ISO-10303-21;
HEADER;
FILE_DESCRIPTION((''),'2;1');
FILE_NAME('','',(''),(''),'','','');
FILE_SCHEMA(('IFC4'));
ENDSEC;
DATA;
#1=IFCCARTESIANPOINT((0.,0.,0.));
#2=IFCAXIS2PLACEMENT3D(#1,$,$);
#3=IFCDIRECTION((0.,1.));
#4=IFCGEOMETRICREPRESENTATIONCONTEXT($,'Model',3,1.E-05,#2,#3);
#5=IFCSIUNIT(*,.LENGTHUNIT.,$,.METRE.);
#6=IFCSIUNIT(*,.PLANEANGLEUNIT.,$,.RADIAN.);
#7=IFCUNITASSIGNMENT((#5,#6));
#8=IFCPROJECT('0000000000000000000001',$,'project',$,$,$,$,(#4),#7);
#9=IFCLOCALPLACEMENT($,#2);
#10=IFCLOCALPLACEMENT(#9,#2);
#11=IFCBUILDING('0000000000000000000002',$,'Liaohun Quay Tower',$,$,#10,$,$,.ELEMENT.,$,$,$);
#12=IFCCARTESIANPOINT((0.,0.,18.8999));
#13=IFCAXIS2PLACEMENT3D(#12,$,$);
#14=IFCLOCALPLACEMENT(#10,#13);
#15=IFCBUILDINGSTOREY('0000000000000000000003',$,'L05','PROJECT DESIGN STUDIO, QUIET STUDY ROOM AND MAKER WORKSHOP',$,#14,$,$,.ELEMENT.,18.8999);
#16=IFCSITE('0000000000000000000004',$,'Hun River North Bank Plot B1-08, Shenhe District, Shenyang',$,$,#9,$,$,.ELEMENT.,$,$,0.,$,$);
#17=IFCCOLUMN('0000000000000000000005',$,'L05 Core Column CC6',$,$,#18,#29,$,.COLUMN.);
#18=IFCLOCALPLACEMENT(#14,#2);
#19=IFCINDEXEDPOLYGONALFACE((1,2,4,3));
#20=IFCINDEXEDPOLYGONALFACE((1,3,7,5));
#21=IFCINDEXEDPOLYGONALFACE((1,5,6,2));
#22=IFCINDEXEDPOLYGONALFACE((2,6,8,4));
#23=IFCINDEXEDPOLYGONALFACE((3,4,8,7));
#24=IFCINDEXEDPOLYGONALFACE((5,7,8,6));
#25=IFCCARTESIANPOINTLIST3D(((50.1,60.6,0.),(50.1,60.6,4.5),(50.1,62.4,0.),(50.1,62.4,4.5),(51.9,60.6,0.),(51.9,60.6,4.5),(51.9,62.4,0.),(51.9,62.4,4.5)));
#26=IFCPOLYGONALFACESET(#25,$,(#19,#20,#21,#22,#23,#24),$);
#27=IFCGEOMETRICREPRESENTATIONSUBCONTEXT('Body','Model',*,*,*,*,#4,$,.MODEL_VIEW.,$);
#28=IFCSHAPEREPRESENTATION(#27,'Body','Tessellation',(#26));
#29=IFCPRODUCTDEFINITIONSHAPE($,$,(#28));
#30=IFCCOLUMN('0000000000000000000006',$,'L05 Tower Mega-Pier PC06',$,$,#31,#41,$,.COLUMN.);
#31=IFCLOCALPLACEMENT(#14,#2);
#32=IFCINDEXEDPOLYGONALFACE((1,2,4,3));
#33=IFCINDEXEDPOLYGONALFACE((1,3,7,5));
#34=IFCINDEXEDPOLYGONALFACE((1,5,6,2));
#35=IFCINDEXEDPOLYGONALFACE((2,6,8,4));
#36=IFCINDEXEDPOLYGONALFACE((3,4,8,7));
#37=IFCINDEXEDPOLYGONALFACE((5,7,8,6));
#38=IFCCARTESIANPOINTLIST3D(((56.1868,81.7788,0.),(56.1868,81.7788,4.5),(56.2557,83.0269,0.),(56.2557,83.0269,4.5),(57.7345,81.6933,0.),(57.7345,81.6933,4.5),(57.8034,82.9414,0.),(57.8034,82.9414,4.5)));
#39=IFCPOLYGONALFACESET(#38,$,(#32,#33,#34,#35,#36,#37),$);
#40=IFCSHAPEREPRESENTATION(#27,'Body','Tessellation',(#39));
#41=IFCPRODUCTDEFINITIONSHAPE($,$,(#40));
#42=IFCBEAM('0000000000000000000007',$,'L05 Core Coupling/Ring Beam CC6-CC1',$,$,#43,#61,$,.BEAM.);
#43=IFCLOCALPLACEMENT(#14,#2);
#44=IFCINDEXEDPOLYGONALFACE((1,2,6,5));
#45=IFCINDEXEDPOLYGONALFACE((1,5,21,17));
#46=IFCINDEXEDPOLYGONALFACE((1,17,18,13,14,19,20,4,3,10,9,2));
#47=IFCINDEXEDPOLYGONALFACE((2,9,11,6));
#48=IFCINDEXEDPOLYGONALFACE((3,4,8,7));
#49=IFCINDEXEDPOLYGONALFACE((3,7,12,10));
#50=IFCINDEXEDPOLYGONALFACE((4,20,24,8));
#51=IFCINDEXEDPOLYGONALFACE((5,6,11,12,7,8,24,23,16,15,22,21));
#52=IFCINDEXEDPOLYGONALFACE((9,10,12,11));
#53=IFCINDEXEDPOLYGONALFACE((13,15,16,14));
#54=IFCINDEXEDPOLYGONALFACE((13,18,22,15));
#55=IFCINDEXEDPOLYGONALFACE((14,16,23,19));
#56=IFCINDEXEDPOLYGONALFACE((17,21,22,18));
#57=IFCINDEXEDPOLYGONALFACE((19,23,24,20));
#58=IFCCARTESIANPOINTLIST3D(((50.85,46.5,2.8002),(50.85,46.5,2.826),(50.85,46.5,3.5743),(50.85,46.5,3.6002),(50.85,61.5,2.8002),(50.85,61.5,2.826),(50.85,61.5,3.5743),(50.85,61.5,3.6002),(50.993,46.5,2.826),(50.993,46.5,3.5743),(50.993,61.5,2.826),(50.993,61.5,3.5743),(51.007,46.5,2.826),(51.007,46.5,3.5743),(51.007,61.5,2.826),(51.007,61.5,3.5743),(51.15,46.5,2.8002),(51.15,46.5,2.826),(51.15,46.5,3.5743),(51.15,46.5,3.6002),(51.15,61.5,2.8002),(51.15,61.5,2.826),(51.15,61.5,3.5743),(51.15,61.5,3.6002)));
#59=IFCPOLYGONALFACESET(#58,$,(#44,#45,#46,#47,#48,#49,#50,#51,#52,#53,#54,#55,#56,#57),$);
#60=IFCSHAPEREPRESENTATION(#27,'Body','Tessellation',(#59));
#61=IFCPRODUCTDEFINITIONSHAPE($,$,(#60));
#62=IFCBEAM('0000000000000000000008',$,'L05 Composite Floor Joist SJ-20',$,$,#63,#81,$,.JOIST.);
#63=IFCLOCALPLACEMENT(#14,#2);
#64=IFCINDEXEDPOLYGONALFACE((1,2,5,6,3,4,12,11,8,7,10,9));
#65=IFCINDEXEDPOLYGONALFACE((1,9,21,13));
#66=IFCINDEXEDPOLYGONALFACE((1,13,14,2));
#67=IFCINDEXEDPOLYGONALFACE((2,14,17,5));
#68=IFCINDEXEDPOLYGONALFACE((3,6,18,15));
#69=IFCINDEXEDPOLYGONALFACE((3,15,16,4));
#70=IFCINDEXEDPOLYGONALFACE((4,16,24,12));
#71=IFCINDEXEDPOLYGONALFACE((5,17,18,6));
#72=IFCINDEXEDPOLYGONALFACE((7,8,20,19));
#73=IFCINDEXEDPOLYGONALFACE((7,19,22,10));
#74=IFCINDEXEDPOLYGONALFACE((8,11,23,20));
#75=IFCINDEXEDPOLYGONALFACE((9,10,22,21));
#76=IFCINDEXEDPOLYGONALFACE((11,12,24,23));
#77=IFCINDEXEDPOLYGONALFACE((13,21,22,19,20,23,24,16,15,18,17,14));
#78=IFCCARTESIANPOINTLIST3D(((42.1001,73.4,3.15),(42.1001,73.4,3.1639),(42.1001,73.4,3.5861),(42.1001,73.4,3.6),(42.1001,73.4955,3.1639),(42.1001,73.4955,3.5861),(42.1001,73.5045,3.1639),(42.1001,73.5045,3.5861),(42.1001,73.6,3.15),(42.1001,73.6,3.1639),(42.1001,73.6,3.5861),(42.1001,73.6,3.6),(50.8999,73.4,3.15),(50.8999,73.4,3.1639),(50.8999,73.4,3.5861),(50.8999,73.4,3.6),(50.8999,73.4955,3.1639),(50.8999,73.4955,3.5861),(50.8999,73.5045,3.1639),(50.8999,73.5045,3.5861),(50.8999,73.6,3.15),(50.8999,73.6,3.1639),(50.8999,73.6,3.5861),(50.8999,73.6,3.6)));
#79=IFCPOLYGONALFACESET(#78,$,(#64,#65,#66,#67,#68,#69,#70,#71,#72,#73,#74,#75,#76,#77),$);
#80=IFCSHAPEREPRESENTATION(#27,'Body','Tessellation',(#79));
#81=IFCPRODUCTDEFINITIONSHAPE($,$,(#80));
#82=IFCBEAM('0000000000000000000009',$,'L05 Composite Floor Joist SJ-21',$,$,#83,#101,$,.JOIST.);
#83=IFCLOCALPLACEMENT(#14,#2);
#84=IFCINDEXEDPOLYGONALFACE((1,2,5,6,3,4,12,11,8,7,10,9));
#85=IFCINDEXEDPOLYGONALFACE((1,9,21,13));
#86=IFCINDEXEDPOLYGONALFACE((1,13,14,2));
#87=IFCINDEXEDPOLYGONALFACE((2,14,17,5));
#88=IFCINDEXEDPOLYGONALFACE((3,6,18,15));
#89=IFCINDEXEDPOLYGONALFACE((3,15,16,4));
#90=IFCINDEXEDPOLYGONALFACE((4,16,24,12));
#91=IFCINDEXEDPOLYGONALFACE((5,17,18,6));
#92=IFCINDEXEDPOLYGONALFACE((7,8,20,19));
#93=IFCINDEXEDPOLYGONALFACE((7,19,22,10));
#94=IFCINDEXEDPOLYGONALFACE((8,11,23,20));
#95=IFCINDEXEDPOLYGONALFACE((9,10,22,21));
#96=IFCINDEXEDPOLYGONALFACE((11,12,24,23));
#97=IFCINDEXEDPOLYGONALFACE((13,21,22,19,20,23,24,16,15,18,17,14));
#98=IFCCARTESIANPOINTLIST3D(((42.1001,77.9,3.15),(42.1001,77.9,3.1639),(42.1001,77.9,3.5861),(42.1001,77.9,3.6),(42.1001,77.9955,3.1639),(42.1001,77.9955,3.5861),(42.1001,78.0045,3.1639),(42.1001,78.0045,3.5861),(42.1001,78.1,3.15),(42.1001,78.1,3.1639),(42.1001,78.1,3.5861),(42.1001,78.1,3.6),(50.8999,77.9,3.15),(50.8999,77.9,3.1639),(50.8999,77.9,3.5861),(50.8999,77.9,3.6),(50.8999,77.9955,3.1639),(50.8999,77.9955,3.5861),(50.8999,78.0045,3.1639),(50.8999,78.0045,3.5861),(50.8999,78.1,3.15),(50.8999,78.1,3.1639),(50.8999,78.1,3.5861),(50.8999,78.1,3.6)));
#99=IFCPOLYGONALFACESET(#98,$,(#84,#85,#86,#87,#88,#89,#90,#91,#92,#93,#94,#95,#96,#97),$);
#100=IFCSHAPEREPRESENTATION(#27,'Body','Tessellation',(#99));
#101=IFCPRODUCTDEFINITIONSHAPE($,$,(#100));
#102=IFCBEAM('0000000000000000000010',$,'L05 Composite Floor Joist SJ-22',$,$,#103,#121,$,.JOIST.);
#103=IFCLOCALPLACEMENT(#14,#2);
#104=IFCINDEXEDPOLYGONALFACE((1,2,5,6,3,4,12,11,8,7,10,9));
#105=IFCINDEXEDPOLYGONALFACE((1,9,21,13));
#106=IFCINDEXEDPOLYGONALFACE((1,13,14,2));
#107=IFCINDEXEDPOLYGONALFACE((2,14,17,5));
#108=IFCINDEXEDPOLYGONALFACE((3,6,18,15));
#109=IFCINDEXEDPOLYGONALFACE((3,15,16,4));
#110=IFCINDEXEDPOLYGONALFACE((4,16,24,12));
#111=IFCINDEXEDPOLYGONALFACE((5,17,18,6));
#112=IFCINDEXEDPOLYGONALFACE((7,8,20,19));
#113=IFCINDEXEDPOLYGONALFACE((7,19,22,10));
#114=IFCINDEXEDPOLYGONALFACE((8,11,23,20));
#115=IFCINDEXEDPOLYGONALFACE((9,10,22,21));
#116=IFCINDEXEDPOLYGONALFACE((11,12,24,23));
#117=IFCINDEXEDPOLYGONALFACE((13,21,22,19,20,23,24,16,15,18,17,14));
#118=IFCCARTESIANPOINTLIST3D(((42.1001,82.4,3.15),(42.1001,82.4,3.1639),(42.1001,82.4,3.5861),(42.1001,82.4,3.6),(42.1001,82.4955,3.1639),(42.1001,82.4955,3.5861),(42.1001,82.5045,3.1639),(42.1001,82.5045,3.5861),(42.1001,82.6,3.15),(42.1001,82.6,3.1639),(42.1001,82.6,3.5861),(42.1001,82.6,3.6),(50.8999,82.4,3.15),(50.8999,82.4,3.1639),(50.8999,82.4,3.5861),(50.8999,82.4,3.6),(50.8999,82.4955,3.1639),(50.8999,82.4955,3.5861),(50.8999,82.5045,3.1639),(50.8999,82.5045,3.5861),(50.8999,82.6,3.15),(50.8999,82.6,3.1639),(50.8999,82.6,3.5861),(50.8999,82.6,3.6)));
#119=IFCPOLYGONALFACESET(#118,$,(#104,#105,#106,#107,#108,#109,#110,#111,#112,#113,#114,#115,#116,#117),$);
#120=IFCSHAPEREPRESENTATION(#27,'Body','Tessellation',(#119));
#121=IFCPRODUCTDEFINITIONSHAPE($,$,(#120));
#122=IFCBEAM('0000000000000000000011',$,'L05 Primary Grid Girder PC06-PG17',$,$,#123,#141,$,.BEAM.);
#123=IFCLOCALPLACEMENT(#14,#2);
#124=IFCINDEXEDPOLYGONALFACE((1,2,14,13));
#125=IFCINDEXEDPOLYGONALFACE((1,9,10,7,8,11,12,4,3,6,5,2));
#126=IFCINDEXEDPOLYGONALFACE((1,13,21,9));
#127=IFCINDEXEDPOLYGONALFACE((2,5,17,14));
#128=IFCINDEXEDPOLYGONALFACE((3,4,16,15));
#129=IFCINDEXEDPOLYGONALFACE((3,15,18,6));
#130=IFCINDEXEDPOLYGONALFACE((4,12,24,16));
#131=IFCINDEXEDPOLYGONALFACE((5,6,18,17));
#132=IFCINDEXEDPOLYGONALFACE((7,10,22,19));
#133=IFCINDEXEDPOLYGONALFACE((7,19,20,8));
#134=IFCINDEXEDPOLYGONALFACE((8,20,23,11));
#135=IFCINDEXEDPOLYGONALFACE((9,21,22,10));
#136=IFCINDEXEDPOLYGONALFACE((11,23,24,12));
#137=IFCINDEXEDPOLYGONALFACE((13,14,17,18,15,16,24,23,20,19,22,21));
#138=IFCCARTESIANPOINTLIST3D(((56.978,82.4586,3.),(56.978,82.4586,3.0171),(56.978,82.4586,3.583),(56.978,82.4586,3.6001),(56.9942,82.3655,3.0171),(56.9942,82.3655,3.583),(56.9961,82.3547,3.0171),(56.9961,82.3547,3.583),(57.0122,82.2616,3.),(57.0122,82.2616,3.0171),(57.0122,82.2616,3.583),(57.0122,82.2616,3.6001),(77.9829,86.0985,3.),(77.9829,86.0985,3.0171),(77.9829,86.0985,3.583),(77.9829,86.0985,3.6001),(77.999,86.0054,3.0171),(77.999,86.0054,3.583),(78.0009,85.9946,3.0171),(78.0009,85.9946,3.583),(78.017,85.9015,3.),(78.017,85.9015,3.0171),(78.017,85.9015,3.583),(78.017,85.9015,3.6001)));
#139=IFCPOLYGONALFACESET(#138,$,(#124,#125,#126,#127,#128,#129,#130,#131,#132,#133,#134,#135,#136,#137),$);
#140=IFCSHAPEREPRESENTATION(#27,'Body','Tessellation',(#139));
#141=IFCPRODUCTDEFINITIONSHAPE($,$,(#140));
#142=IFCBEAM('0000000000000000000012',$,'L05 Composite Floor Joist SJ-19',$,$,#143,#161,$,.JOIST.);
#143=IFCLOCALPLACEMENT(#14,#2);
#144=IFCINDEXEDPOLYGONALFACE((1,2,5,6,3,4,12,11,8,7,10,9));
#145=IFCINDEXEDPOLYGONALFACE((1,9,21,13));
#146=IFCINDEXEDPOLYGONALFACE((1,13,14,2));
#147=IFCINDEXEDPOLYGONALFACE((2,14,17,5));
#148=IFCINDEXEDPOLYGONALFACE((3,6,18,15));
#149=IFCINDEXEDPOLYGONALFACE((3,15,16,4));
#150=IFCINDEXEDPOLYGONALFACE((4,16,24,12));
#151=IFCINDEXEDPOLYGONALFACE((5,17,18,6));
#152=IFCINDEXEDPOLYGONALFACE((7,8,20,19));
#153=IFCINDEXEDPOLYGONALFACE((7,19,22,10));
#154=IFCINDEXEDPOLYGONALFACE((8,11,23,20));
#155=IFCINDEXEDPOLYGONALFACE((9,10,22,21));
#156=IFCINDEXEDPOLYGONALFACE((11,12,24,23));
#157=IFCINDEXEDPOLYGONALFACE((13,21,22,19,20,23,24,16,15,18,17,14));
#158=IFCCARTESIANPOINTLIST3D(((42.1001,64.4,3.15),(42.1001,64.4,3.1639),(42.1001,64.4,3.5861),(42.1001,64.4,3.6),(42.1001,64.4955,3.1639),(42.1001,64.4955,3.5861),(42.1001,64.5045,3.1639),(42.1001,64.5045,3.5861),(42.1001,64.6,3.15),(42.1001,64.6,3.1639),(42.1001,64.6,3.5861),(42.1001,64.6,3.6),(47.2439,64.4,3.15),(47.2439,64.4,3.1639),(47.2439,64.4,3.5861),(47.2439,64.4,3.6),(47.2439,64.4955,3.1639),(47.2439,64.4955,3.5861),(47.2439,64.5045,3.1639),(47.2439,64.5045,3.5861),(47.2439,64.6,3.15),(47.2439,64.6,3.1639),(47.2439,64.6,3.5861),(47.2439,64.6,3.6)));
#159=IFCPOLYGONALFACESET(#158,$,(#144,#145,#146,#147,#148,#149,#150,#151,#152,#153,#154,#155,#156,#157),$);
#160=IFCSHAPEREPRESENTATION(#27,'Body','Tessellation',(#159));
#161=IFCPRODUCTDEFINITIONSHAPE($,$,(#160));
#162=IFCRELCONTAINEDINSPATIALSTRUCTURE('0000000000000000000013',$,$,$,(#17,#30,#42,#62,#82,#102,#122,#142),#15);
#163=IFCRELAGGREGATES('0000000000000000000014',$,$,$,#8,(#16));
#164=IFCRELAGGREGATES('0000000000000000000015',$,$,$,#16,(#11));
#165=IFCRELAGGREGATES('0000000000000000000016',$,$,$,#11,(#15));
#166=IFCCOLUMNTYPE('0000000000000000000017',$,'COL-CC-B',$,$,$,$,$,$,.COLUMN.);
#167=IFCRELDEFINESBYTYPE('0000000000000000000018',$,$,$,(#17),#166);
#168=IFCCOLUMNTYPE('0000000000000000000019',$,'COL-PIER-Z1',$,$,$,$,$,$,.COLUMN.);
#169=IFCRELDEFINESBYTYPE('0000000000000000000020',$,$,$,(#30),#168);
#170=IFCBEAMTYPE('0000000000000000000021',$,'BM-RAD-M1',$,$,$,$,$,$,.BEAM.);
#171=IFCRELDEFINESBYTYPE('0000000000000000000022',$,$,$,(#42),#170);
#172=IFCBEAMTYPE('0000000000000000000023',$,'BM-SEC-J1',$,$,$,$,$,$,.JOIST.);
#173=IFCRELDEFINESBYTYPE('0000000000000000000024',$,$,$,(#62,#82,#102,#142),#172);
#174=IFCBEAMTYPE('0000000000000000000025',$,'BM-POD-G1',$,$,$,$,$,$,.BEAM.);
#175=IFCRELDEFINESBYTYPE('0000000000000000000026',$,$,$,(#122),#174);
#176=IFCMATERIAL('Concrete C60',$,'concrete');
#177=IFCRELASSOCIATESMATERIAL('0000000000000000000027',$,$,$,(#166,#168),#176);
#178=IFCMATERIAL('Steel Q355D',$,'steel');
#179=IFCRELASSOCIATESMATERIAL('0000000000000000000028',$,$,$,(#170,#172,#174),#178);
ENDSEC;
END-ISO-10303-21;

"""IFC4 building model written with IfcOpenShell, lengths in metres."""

from ifc_helpers import new_model, si_unit, direction, frame, origin, origin_2d, place, context, subcontext, project, spatial, rectangle, i_section, extrude, source, transform, mapped, material, material_profile, profile_set, type_object, element, save


model = new_model("IFC4")

# Units and contexts
model_context = context("Model", 3, precision=1e-05, world=origin(), true_north=direction((0.0, 1.0)))
body_context = subcontext(model_context, "Body", "Model", "MODEL_VIEW")
ifc_project = project(units=[si_unit("LENGTHUNIT", "METRE"), si_unit("PLANEANGLEUNIT", "RADIAN")], contexts=[model_context])

# Site, building, storey
site_placement = place(None, origin())
site = spatial("IfcSite", under=ifc_project, at=site_placement, Name="Hun River North Bank Plot B1-08, Shenhe District, Shenyang", CompositionType="ELEMENT", RefElevation=0.0)
building_placement = place(site_placement, origin())
building = spatial("IfcBuilding", under=site, at=building_placement, Name="Liaohun Quay Tower", CompositionType="ELEMENT")
storey_placement = place(building_placement, frame((0.0, 0.0, 18.8999)))
storey = spatial("IfcBuildingStorey", under=building, at=storey_placement, Name="L05", Description="PROJECT DESIGN STUDIO, QUIET STUDY ROOM AND MAKER WORKSHOP", CompositionType="ELEMENT", Elevation=18.8999)

# Columns
ifc_material_1 = material(Name="Concrete C60", Category="concrete")
ifc_material_profile_1 = material_profile(ifc_material_1, rectangle(XDim=1.8, YDim=1.8, at=origin_2d()), Name="RC1800x1800")
ifc_profile_set_1 = profile_set([ifc_material_profile_1], Name="Concrete C60")
column_type_1 = type_object("IfcColumnType", Name="COL-CC-B", PredefinedType="COLUMN", material=ifc_profile_set_1)
shared_shape_1 = source(origin(), body_context, "Body", "SweptSolid", [
    extrude(rectangle(XDim=1.8, YDim=1.8, at=origin_2d()), origin(), (0.0, 0.0, 1.0), 4.5),
])
column_1_placement = place(storey_placement, frame((51.0, 61.5, 0.0), z_axis=(0.0, 0.0, 1.0), x_axis=(1.0, 0.0, 0.0)))
element("IfcColumn", 1, at=column_1_placement, inside=storey, type_object=column_type_1, Name="L05 Core Column CC6", PredefinedType="COLUMN", context=body_context, shape_type="MappedRepresentation", body=[
    mapped(shared_shape_1, transform((0.0, 0.0, 0.0), x_axis=(1.0, 0.0, 0.0), y_axis=(0.0, 1.0, 0.0), z_axis=(0.0, 0.0, 1.0), scale=1.0)),
])
ifc_material_profile_2 = material_profile(ifc_material_1, rectangle(XDim=1.55, YDim=1.25, at=origin_2d()), Name="RC1550x1250")
ifc_profile_set_2 = profile_set([ifc_material_profile_2], Name="Concrete C60")
column_type_2 = type_object("IfcColumnType", Name="COL-PIER-Z1", PredefinedType="COLUMN", material=ifc_profile_set_2)
shared_shape_2 = source(origin(), body_context, "Body", "SweptSolid", [
    extrude(rectangle(XDim=1.55, YDim=1.25, at=origin_2d()), origin(), (0.0, 0.0, 1.0), 4.5),
])
column_2_placement = place(storey_placement, frame((56.9951, 82.3601, 0.0), z_axis=(0.0, 0.0, 1.0), x_axis=(-0.998479, 0.055124, 0.0)))
element("IfcColumn", 2, at=column_2_placement, inside=storey, type_object=column_type_2, Name="L05 Tower Mega-Pier PC06", PredefinedType="COLUMN", context=body_context, shape_type="MappedRepresentation", body=[
    mapped(shared_shape_2, transform((0.0, 0.0, 0.0), x_axis=(1.0, 0.0, 0.0), y_axis=(0.0, 1.0, 0.0), z_axis=(0.0, 0.0, 1.0), scale=1.0)),
])

# Beams
ifc_material_2 = material(Name="Steel Q355D", Category="steel")
ifc_material_profile_3 = material_profile(ifc_material_2, i_section(OverallWidth=0.3, OverallDepth=0.8, WebThickness=0.0139, FlangeThickness=0.0259, at=origin_2d()), Name="HN800x300x14x26")
ifc_profile_set_3 = profile_set([ifc_material_profile_3], Name="Steel Q355D")
beam_type_1 = type_object("IfcBeamType", Name="BM-RAD-M1", PredefinedType="BEAM", material=ifc_profile_set_3)
shared_shape_3 = source(origin(), body_context, "Body", "SweptSolid", [
    extrude(i_section(OverallWidth=0.3, OverallDepth=0.8, WebThickness=0.0139, FlangeThickness=0.0259, at=origin_2d()), origin(), (0.0, 0.0, 1.0), 15.0),
])
beam_1_placement = place(storey_placement, frame((51.0, 61.5, 3.2002), z_axis=(0.0, -1.0, 0.0), x_axis=(1.0, 0.0, 0.0)))
element("IfcBeam", 3, at=beam_1_placement, inside=storey, type_object=beam_type_1, Name="L05 Core Coupling/Ring Beam CC6-CC1", PredefinedType="BEAM", context=body_context, shape_type="MappedRepresentation", body=[
    mapped(shared_shape_3, transform((0.0, 0.0, 0.0), x_axis=(1.0, 0.0, 0.0), y_axis=(0.0, 1.0, 0.0), z_axis=(0.0, 0.0, 1.0), scale=1.0)),
])
ifc_material_profile_4 = material_profile(ifc_material_2, i_section(OverallWidth=0.2, OverallDepth=0.45, WebThickness=0.009, FlangeThickness=0.0139, at=origin_2d()), Name="HN450x200x9x14")
ifc_profile_set_4 = profile_set([ifc_material_profile_4], Name="Steel Q355D")
beam_type_2 = type_object("IfcBeamType", Name="BM-SEC-J1", PredefinedType="JOIST", material=ifc_profile_set_4)
shared_shape_4 = source(origin(), body_context, "Body", "SweptSolid", [
    extrude(i_section(OverallWidth=0.2, OverallDepth=0.45, WebThickness=0.009, FlangeThickness=0.0139, at=origin_2d()), origin(), (0.0, 0.0, 1.0), 8.7998),
])
for number, where, z_axis, x_axis, name in (
    (4, (42.1001, 73.5, 3.375), (1.0, 0.0, 0.0), (0.0, 1.0, 0.0), "L05 Composite Floor Joist SJ-20"),
    (5, (42.1001, 78.0, 3.375), (1.0, 0.0, 0.0), (0.0, 1.0, 0.0), "L05 Composite Floor Joist SJ-21"),
    (6, (42.1001, 82.5, 3.375), (1.0, 0.0, 0.0), (0.0, 1.0, 0.0), "L05 Composite Floor Joist SJ-22"),
):
    element("IfcBeam", number, at=place(storey_placement, frame(where, z_axis=z_axis, x_axis=x_axis)), inside=storey, type_object=beam_type_2, Name=name, PredefinedType="JOIST", context=body_context, shape_type="MappedRepresentation", body=[
        mapped(shared_shape_4, transform((0.0, 0.0, 0.0), x_axis=(1.0, 0.0, 0.0), y_axis=(0.0, 1.0, 0.0), z_axis=(0.0, 0.0, 1.0), scale=1.0)),
    ])
ifc_material_profile_5 = material_profile(ifc_material_2, i_section(OverallWidth=0.2, OverallDepth=0.6001, WebThickness=0.011, FlangeThickness=0.0171, at=origin_2d()), Name="HN600x200x11x17")
ifc_profile_set_5 = profile_set([ifc_material_profile_5], Name="Steel Q355D")
beam_type_3 = type_object("IfcBeamType", Name="BM-POD-G1", PredefinedType="BEAM", material=ifc_profile_set_5)
shared_shape_5 = source(origin(), body_context, "Body", "SweptSolid", [
    extrude(i_section(OverallWidth=0.2, OverallDepth=0.6001, WebThickness=0.011, FlangeThickness=0.0171, at=origin_2d()), origin(), (0.0, 0.0, 1.0), 21.3179),
])
beam_2_placement = place(storey_placement, frame((56.9951, 82.3601, 3.3), z_axis=(0.985316, 0.170743, 0.0), x_axis=(-0.170743, 0.985316, 0.0)))
element("IfcBeam", 7, at=beam_2_placement, inside=storey, type_object=beam_type_3, Name="L05 Primary Grid Girder PC06-PG17", PredefinedType="BEAM", context=body_context, shape_type="MappedRepresentation", body=[
    mapped(shared_shape_5, transform((0.0, 0.0, 0.0), x_axis=(1.0, 0.0, 0.0), y_axis=(0.0, 1.0, 0.0), z_axis=(0.0, 0.0, 1.0), scale=1.0)),
])
shared_shape_6 = source(origin(), body_context, "Body", "SweptSolid", [
    extrude(i_section(OverallWidth=0.2, OverallDepth=0.45, WebThickness=0.009, FlangeThickness=0.0139, at=origin_2d()), origin(), (0.0, 0.0, 1.0), 5.1438),
])
beam_3_placement = place(storey_placement, frame((42.1001, 64.5, 3.375), z_axis=(1.0, 0.0, 0.0), x_axis=(0.0, 1.0, 0.0)))
element("IfcBeam", 8, at=beam_3_placement, inside=storey, type_object=beam_type_2, Name="L05 Composite Floor Joist SJ-19", PredefinedType="JOIST", context=body_context, shape_type="MappedRepresentation", body=[
    mapped(shared_shape_6, transform((0.0, 0.0, 0.0), x_axis=(1.0, 0.0, 0.0), y_axis=(0.0, 1.0, 0.0), z_axis=(0.0, 0.0, 1.0), scale=1.0)),
])

save(model, "model.ifc")
